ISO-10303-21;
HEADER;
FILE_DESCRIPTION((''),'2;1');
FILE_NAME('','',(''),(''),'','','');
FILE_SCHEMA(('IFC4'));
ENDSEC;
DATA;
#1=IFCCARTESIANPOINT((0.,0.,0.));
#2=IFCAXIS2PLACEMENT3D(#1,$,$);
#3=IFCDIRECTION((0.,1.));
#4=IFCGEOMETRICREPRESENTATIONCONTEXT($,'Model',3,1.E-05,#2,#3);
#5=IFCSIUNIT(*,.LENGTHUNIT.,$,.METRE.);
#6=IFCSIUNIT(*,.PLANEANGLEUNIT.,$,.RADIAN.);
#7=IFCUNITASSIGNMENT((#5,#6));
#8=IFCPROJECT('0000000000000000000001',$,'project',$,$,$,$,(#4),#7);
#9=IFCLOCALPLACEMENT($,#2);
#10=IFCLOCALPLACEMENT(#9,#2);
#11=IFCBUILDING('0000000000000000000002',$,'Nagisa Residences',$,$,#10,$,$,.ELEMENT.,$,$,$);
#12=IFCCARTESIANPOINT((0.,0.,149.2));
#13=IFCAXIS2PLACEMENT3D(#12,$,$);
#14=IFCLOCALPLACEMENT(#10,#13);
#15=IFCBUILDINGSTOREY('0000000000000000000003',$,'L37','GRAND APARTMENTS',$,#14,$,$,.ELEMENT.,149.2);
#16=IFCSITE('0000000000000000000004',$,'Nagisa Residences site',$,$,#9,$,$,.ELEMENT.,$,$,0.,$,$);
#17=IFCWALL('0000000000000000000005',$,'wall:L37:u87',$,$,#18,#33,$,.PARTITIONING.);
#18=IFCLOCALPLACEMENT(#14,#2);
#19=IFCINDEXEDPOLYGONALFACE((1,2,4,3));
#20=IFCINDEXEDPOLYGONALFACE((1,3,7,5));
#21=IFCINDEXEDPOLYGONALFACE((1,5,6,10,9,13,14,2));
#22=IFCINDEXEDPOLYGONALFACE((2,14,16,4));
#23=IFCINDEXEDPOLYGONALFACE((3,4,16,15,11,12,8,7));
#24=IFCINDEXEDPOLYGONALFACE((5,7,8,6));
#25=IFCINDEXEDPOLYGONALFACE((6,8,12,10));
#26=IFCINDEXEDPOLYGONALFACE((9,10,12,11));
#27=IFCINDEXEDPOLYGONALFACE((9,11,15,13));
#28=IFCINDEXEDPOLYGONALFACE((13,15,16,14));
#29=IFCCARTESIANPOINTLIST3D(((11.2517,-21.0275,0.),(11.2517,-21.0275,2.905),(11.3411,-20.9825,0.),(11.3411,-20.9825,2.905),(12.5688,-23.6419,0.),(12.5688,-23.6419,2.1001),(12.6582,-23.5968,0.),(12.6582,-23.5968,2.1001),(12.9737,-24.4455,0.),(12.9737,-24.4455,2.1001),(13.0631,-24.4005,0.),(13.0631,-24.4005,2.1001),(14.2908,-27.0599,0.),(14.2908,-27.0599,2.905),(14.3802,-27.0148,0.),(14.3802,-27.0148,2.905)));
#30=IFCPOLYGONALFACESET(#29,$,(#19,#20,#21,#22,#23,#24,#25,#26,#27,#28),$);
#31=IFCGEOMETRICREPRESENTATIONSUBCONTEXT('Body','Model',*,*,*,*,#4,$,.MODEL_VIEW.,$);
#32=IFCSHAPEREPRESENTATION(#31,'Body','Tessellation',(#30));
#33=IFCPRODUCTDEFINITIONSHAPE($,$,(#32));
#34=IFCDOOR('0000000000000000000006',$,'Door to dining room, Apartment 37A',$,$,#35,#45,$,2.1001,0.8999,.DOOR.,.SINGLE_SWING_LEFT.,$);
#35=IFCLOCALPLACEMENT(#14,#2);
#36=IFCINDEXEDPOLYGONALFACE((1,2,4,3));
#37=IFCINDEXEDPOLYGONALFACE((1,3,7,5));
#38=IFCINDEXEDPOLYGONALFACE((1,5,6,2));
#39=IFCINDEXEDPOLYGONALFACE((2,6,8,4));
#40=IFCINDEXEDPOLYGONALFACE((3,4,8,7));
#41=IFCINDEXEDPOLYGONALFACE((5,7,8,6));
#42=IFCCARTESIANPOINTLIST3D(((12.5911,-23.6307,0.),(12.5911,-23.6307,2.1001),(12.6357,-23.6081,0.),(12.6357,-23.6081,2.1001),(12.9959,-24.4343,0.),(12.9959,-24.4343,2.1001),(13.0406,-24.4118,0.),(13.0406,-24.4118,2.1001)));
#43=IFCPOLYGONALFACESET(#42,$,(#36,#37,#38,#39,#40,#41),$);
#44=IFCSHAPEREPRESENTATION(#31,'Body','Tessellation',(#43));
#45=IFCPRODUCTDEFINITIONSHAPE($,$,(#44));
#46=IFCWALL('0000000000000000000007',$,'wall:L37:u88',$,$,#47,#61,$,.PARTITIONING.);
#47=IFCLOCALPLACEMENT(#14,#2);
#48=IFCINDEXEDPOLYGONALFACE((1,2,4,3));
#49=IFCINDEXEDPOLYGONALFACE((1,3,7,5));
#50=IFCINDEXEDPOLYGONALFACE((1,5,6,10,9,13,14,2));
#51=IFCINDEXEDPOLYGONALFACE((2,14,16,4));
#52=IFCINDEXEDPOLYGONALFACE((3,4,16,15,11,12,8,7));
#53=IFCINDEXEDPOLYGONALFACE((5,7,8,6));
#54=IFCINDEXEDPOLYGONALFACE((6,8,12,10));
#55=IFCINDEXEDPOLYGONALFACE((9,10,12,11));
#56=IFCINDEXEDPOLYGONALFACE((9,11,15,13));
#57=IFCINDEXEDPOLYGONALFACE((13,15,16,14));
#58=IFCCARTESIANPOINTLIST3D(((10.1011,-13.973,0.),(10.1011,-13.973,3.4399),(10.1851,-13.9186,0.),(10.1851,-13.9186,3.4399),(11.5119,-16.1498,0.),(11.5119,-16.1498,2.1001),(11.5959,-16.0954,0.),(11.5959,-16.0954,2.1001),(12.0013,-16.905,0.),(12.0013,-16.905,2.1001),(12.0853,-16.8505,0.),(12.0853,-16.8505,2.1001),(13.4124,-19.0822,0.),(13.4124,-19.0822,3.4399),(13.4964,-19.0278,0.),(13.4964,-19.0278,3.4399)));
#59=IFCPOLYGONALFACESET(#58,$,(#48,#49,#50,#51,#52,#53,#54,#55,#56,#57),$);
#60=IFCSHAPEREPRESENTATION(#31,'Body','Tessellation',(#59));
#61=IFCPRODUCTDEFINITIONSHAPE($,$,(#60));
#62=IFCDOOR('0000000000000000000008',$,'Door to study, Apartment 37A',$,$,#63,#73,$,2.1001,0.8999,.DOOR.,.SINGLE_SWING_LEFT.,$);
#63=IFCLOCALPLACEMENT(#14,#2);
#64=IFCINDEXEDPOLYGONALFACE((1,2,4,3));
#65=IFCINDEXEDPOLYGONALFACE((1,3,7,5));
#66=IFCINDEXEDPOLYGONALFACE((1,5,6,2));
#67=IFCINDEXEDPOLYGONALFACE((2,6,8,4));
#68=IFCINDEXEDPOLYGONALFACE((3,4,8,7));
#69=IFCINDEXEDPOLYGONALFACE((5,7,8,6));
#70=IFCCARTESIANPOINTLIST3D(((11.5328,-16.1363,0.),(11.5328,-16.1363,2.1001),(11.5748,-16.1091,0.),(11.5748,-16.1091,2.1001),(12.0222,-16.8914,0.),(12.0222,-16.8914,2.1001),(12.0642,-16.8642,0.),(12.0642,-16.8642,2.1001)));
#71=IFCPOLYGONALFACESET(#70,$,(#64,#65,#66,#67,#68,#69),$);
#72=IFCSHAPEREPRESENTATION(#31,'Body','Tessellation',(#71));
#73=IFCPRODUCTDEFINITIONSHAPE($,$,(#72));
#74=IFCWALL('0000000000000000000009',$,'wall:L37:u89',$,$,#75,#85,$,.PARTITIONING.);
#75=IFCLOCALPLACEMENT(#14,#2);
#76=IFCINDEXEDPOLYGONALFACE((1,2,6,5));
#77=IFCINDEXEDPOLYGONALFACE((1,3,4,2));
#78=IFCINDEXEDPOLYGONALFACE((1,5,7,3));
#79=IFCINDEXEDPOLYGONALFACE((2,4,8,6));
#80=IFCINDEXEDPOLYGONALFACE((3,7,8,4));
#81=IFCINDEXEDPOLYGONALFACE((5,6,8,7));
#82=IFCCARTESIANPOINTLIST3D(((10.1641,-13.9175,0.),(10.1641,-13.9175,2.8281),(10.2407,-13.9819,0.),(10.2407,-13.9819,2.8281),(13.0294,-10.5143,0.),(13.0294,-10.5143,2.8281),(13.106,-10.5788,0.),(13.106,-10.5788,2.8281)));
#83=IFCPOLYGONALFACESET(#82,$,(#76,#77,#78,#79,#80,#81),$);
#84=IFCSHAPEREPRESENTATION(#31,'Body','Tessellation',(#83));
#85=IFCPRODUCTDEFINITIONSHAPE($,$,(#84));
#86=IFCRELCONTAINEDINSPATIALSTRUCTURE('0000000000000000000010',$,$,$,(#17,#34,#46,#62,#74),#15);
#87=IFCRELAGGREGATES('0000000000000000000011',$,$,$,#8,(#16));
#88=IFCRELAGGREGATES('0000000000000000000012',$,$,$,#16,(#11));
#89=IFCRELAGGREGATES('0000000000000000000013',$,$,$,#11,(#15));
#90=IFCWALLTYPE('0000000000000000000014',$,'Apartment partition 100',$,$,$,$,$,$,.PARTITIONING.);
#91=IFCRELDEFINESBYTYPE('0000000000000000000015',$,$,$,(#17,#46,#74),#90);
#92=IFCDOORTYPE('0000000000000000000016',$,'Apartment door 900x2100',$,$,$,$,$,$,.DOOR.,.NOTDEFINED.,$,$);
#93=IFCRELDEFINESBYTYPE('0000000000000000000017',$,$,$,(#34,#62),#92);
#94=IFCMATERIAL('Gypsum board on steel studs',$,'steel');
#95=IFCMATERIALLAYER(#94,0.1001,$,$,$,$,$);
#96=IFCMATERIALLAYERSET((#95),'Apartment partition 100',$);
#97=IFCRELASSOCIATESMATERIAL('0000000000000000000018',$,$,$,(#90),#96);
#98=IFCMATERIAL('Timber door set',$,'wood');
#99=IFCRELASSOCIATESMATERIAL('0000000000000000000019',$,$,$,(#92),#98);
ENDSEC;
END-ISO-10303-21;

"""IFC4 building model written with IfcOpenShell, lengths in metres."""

from ifc_helpers import new_model, si_unit, direction, frame, frame_2d, origin, place, context, subcontext, project, spatial, rectangle, extrude, material, layer, layer_set, type_object, element, fill, save


model = new_model("IFC4")

# Units and contexts
model_context = context("Model", 3, precision=1e-05, world=origin(), true_north=direction((0.0, 1.0)))
body_context = subcontext(model_context, "Body", "Model", "MODEL_VIEW")
ifc_project = project(units=[si_unit("LENGTHUNIT", "METRE"), si_unit("PLANEANGLEUNIT", "RADIAN")], contexts=[model_context])

# Site, building, storey
site_placement = place(None, origin())
site = spatial("IfcSite", under=ifc_project, at=site_placement, Name="Nagisa Residences site", CompositionType="ELEMENT", RefElevation=0.0)
building_placement = place(site_placement, origin())
building = spatial("IfcBuilding", under=site, at=building_placement, Name="Nagisa Residences", CompositionType="ELEMENT")
storey_placement = place(building_placement, frame((0.0, 0.0, 149.2)))
storey = spatial("IfcBuildingStorey", under=building, at=storey_placement, Name="L37", Description="GRAND APARTMENTS", CompositionType="ELEMENT", Elevation=149.2)

# Shared definitions
ifc_material_1 = material(Name="Gypsum board on steel studs", Category="steel")
ifc_layer_1 = layer(ifc_material_1, 0.1001)
ifc_layer_set_1 = layer_set([ifc_layer_1], Name="Apartment partition 100")
wall_type_1 = type_object("IfcWallType", Name="Apartment partition 100", PredefinedType="PARTITIONING", material=ifc_layer_set_1)

# Shared definitions
ifc_material_2 = material(Name="Timber door set", Category="wood")
door_type_1 = type_object("IfcDoorType", Name="Apartment door 900x2100", OperationType="NOTDEFINED", PredefinedType="DOOR", material=ifc_material_2)

# Walls, openings, doors
wall_1_placement = place(storey_placement, frame((11.2964, -21.0049, 0.0), z_axis=(0.0, 0.0, 1.0), x_axis=(0.449915, -0.893071, 0.0)))
wall_1 = element("IfcWall", 1, at=wall_1_placement, inside=storey, type_object=wall_type_1, Name="wall:L37:u87", PredefinedType="PARTITIONING", context=body_context, shape_type="SweptSolid", body=[
    extrude(rectangle(XDim=6.7546, YDim=0.1001, at=frame_2d((3.3774, 0.0))), origin(), (0.0, 0.0, 1.0), 2.905),
])
opening_1_placement = place(wall_1_placement, frame((2.9275, 0.0, 0.0)))
opening_1 = element("IfcOpeningElement", 2, at=opening_1_placement, cuts=wall_1, PredefinedType="OPENING", context=body_context, shape_type="SweptSolid", body=[
    extrude(rectangle(XDim=0.8999, YDim=2.1001, at=frame_2d((0.45, 1.05))), frame((0.0, 0.0601, 0.0), z_axis=(0.0, -1.0, 0.0), x_axis=(1.0, 0.0, 0.0)), (0.0, 0.0, 1.0), 0.1201),
])
door_1_placement = place(opening_1_placement, origin())
door_1 = element("IfcDoor", 3, at=door_1_placement, inside=storey, type_object=door_type_1, Name="Door to dining room, Apartment 37A", OperationType="SINGLE_SWING_LEFT", OverallHeight=2.1001, OverallWidth=0.8999, PredefinedType="DOOR", context=body_context, shape_type="SweptSolid", body=[
    extrude(rectangle(XDim=0.8999, YDim=2.1001, at=frame_2d((0.45, 1.05))), frame((0.0, 0.0249, 0.0), z_axis=(0.0, -1.0, 0.0), x_axis=(1.0, 0.0, 0.0)), (0.0, 0.0, 1.0), 0.05),
])
fill(opening_1, door_1)
wall_2_placement = place(storey_placement, frame((10.1431, -13.9458, 0.0), z_axis=(0.0, 0.0, 1.0), x_axis=(0.543873, -0.839168, 0.0)))
wall_2 = element("IfcWall", 4, at=wall_2_placement, inside=storey, type_object=wall_type_1, Name="wall:L37:u88", PredefinedType="PARTITIONING", context=body_context, shape_type="SweptSolid", body=[
    extrude(rectangle(XDim=6.0884, YDim=0.1001, at=frame_2d((3.0442, 0.0))), origin(), (0.0, 0.0, 1.0), 3.4399),
])
opening_2_placement = place(wall_2_placement, frame((2.594, 0.0, 0.0)))
opening_2 = element("IfcOpeningElement", 5, at=opening_2_placement, cuts=wall_2, PredefinedType="OPENING", context=body_context, shape_type="SweptSolid", body=[
    extrude(rectangle(XDim=0.8999, YDim=2.1001, at=frame_2d((0.45, 1.05))), frame((0.0, 0.0601, 0.0), z_axis=(0.0, -1.0, 0.0), x_axis=(1.0, 0.0, 0.0)), (0.0, 0.0, 1.0), 0.1201),
])
door_2_placement = place(opening_2_placement, origin())
door_2 = element("IfcDoor", 6, at=door_2_placement, inside=storey, type_object=door_type_1, Name="Door to study, Apartment 37A", OperationType="SINGLE_SWING_LEFT", OverallHeight=2.1001, OverallWidth=0.8999, PredefinedType="DOOR", context=body_context, shape_type="SweptSolid", body=[
    extrude(rectangle(XDim=0.8999, YDim=2.1001, at=frame_2d((0.45, 1.05))), frame((0.0, 0.0249, 0.0), z_axis=(0.0, -1.0, 0.0), x_axis=(1.0, 0.0, 0.0)), (0.0, 0.0, 1.0), 0.05),
])
fill(opening_2, door_2)

# Wall
wall_3_placement = place(storey_placement, frame((10.2024, -13.9497, 0.0), z_axis=(0.0, 0.0, 1.0), x_axis=(0.644068, 0.764968, 0.0)))
element("IfcWall", 7, at=wall_3_placement, inside=storey, type_object=wall_type_1, Name="wall:L37:u89", PredefinedType="PARTITIONING", context=body_context, shape_type="SweptSolid", body=[
    extrude(rectangle(XDim=4.4487, YDim=0.1001, at=frame_2d((2.2244, 0.0))), origin(), (0.0, 0.0, 1.0), 2.8281),
])

save(model, "model.ifc")
